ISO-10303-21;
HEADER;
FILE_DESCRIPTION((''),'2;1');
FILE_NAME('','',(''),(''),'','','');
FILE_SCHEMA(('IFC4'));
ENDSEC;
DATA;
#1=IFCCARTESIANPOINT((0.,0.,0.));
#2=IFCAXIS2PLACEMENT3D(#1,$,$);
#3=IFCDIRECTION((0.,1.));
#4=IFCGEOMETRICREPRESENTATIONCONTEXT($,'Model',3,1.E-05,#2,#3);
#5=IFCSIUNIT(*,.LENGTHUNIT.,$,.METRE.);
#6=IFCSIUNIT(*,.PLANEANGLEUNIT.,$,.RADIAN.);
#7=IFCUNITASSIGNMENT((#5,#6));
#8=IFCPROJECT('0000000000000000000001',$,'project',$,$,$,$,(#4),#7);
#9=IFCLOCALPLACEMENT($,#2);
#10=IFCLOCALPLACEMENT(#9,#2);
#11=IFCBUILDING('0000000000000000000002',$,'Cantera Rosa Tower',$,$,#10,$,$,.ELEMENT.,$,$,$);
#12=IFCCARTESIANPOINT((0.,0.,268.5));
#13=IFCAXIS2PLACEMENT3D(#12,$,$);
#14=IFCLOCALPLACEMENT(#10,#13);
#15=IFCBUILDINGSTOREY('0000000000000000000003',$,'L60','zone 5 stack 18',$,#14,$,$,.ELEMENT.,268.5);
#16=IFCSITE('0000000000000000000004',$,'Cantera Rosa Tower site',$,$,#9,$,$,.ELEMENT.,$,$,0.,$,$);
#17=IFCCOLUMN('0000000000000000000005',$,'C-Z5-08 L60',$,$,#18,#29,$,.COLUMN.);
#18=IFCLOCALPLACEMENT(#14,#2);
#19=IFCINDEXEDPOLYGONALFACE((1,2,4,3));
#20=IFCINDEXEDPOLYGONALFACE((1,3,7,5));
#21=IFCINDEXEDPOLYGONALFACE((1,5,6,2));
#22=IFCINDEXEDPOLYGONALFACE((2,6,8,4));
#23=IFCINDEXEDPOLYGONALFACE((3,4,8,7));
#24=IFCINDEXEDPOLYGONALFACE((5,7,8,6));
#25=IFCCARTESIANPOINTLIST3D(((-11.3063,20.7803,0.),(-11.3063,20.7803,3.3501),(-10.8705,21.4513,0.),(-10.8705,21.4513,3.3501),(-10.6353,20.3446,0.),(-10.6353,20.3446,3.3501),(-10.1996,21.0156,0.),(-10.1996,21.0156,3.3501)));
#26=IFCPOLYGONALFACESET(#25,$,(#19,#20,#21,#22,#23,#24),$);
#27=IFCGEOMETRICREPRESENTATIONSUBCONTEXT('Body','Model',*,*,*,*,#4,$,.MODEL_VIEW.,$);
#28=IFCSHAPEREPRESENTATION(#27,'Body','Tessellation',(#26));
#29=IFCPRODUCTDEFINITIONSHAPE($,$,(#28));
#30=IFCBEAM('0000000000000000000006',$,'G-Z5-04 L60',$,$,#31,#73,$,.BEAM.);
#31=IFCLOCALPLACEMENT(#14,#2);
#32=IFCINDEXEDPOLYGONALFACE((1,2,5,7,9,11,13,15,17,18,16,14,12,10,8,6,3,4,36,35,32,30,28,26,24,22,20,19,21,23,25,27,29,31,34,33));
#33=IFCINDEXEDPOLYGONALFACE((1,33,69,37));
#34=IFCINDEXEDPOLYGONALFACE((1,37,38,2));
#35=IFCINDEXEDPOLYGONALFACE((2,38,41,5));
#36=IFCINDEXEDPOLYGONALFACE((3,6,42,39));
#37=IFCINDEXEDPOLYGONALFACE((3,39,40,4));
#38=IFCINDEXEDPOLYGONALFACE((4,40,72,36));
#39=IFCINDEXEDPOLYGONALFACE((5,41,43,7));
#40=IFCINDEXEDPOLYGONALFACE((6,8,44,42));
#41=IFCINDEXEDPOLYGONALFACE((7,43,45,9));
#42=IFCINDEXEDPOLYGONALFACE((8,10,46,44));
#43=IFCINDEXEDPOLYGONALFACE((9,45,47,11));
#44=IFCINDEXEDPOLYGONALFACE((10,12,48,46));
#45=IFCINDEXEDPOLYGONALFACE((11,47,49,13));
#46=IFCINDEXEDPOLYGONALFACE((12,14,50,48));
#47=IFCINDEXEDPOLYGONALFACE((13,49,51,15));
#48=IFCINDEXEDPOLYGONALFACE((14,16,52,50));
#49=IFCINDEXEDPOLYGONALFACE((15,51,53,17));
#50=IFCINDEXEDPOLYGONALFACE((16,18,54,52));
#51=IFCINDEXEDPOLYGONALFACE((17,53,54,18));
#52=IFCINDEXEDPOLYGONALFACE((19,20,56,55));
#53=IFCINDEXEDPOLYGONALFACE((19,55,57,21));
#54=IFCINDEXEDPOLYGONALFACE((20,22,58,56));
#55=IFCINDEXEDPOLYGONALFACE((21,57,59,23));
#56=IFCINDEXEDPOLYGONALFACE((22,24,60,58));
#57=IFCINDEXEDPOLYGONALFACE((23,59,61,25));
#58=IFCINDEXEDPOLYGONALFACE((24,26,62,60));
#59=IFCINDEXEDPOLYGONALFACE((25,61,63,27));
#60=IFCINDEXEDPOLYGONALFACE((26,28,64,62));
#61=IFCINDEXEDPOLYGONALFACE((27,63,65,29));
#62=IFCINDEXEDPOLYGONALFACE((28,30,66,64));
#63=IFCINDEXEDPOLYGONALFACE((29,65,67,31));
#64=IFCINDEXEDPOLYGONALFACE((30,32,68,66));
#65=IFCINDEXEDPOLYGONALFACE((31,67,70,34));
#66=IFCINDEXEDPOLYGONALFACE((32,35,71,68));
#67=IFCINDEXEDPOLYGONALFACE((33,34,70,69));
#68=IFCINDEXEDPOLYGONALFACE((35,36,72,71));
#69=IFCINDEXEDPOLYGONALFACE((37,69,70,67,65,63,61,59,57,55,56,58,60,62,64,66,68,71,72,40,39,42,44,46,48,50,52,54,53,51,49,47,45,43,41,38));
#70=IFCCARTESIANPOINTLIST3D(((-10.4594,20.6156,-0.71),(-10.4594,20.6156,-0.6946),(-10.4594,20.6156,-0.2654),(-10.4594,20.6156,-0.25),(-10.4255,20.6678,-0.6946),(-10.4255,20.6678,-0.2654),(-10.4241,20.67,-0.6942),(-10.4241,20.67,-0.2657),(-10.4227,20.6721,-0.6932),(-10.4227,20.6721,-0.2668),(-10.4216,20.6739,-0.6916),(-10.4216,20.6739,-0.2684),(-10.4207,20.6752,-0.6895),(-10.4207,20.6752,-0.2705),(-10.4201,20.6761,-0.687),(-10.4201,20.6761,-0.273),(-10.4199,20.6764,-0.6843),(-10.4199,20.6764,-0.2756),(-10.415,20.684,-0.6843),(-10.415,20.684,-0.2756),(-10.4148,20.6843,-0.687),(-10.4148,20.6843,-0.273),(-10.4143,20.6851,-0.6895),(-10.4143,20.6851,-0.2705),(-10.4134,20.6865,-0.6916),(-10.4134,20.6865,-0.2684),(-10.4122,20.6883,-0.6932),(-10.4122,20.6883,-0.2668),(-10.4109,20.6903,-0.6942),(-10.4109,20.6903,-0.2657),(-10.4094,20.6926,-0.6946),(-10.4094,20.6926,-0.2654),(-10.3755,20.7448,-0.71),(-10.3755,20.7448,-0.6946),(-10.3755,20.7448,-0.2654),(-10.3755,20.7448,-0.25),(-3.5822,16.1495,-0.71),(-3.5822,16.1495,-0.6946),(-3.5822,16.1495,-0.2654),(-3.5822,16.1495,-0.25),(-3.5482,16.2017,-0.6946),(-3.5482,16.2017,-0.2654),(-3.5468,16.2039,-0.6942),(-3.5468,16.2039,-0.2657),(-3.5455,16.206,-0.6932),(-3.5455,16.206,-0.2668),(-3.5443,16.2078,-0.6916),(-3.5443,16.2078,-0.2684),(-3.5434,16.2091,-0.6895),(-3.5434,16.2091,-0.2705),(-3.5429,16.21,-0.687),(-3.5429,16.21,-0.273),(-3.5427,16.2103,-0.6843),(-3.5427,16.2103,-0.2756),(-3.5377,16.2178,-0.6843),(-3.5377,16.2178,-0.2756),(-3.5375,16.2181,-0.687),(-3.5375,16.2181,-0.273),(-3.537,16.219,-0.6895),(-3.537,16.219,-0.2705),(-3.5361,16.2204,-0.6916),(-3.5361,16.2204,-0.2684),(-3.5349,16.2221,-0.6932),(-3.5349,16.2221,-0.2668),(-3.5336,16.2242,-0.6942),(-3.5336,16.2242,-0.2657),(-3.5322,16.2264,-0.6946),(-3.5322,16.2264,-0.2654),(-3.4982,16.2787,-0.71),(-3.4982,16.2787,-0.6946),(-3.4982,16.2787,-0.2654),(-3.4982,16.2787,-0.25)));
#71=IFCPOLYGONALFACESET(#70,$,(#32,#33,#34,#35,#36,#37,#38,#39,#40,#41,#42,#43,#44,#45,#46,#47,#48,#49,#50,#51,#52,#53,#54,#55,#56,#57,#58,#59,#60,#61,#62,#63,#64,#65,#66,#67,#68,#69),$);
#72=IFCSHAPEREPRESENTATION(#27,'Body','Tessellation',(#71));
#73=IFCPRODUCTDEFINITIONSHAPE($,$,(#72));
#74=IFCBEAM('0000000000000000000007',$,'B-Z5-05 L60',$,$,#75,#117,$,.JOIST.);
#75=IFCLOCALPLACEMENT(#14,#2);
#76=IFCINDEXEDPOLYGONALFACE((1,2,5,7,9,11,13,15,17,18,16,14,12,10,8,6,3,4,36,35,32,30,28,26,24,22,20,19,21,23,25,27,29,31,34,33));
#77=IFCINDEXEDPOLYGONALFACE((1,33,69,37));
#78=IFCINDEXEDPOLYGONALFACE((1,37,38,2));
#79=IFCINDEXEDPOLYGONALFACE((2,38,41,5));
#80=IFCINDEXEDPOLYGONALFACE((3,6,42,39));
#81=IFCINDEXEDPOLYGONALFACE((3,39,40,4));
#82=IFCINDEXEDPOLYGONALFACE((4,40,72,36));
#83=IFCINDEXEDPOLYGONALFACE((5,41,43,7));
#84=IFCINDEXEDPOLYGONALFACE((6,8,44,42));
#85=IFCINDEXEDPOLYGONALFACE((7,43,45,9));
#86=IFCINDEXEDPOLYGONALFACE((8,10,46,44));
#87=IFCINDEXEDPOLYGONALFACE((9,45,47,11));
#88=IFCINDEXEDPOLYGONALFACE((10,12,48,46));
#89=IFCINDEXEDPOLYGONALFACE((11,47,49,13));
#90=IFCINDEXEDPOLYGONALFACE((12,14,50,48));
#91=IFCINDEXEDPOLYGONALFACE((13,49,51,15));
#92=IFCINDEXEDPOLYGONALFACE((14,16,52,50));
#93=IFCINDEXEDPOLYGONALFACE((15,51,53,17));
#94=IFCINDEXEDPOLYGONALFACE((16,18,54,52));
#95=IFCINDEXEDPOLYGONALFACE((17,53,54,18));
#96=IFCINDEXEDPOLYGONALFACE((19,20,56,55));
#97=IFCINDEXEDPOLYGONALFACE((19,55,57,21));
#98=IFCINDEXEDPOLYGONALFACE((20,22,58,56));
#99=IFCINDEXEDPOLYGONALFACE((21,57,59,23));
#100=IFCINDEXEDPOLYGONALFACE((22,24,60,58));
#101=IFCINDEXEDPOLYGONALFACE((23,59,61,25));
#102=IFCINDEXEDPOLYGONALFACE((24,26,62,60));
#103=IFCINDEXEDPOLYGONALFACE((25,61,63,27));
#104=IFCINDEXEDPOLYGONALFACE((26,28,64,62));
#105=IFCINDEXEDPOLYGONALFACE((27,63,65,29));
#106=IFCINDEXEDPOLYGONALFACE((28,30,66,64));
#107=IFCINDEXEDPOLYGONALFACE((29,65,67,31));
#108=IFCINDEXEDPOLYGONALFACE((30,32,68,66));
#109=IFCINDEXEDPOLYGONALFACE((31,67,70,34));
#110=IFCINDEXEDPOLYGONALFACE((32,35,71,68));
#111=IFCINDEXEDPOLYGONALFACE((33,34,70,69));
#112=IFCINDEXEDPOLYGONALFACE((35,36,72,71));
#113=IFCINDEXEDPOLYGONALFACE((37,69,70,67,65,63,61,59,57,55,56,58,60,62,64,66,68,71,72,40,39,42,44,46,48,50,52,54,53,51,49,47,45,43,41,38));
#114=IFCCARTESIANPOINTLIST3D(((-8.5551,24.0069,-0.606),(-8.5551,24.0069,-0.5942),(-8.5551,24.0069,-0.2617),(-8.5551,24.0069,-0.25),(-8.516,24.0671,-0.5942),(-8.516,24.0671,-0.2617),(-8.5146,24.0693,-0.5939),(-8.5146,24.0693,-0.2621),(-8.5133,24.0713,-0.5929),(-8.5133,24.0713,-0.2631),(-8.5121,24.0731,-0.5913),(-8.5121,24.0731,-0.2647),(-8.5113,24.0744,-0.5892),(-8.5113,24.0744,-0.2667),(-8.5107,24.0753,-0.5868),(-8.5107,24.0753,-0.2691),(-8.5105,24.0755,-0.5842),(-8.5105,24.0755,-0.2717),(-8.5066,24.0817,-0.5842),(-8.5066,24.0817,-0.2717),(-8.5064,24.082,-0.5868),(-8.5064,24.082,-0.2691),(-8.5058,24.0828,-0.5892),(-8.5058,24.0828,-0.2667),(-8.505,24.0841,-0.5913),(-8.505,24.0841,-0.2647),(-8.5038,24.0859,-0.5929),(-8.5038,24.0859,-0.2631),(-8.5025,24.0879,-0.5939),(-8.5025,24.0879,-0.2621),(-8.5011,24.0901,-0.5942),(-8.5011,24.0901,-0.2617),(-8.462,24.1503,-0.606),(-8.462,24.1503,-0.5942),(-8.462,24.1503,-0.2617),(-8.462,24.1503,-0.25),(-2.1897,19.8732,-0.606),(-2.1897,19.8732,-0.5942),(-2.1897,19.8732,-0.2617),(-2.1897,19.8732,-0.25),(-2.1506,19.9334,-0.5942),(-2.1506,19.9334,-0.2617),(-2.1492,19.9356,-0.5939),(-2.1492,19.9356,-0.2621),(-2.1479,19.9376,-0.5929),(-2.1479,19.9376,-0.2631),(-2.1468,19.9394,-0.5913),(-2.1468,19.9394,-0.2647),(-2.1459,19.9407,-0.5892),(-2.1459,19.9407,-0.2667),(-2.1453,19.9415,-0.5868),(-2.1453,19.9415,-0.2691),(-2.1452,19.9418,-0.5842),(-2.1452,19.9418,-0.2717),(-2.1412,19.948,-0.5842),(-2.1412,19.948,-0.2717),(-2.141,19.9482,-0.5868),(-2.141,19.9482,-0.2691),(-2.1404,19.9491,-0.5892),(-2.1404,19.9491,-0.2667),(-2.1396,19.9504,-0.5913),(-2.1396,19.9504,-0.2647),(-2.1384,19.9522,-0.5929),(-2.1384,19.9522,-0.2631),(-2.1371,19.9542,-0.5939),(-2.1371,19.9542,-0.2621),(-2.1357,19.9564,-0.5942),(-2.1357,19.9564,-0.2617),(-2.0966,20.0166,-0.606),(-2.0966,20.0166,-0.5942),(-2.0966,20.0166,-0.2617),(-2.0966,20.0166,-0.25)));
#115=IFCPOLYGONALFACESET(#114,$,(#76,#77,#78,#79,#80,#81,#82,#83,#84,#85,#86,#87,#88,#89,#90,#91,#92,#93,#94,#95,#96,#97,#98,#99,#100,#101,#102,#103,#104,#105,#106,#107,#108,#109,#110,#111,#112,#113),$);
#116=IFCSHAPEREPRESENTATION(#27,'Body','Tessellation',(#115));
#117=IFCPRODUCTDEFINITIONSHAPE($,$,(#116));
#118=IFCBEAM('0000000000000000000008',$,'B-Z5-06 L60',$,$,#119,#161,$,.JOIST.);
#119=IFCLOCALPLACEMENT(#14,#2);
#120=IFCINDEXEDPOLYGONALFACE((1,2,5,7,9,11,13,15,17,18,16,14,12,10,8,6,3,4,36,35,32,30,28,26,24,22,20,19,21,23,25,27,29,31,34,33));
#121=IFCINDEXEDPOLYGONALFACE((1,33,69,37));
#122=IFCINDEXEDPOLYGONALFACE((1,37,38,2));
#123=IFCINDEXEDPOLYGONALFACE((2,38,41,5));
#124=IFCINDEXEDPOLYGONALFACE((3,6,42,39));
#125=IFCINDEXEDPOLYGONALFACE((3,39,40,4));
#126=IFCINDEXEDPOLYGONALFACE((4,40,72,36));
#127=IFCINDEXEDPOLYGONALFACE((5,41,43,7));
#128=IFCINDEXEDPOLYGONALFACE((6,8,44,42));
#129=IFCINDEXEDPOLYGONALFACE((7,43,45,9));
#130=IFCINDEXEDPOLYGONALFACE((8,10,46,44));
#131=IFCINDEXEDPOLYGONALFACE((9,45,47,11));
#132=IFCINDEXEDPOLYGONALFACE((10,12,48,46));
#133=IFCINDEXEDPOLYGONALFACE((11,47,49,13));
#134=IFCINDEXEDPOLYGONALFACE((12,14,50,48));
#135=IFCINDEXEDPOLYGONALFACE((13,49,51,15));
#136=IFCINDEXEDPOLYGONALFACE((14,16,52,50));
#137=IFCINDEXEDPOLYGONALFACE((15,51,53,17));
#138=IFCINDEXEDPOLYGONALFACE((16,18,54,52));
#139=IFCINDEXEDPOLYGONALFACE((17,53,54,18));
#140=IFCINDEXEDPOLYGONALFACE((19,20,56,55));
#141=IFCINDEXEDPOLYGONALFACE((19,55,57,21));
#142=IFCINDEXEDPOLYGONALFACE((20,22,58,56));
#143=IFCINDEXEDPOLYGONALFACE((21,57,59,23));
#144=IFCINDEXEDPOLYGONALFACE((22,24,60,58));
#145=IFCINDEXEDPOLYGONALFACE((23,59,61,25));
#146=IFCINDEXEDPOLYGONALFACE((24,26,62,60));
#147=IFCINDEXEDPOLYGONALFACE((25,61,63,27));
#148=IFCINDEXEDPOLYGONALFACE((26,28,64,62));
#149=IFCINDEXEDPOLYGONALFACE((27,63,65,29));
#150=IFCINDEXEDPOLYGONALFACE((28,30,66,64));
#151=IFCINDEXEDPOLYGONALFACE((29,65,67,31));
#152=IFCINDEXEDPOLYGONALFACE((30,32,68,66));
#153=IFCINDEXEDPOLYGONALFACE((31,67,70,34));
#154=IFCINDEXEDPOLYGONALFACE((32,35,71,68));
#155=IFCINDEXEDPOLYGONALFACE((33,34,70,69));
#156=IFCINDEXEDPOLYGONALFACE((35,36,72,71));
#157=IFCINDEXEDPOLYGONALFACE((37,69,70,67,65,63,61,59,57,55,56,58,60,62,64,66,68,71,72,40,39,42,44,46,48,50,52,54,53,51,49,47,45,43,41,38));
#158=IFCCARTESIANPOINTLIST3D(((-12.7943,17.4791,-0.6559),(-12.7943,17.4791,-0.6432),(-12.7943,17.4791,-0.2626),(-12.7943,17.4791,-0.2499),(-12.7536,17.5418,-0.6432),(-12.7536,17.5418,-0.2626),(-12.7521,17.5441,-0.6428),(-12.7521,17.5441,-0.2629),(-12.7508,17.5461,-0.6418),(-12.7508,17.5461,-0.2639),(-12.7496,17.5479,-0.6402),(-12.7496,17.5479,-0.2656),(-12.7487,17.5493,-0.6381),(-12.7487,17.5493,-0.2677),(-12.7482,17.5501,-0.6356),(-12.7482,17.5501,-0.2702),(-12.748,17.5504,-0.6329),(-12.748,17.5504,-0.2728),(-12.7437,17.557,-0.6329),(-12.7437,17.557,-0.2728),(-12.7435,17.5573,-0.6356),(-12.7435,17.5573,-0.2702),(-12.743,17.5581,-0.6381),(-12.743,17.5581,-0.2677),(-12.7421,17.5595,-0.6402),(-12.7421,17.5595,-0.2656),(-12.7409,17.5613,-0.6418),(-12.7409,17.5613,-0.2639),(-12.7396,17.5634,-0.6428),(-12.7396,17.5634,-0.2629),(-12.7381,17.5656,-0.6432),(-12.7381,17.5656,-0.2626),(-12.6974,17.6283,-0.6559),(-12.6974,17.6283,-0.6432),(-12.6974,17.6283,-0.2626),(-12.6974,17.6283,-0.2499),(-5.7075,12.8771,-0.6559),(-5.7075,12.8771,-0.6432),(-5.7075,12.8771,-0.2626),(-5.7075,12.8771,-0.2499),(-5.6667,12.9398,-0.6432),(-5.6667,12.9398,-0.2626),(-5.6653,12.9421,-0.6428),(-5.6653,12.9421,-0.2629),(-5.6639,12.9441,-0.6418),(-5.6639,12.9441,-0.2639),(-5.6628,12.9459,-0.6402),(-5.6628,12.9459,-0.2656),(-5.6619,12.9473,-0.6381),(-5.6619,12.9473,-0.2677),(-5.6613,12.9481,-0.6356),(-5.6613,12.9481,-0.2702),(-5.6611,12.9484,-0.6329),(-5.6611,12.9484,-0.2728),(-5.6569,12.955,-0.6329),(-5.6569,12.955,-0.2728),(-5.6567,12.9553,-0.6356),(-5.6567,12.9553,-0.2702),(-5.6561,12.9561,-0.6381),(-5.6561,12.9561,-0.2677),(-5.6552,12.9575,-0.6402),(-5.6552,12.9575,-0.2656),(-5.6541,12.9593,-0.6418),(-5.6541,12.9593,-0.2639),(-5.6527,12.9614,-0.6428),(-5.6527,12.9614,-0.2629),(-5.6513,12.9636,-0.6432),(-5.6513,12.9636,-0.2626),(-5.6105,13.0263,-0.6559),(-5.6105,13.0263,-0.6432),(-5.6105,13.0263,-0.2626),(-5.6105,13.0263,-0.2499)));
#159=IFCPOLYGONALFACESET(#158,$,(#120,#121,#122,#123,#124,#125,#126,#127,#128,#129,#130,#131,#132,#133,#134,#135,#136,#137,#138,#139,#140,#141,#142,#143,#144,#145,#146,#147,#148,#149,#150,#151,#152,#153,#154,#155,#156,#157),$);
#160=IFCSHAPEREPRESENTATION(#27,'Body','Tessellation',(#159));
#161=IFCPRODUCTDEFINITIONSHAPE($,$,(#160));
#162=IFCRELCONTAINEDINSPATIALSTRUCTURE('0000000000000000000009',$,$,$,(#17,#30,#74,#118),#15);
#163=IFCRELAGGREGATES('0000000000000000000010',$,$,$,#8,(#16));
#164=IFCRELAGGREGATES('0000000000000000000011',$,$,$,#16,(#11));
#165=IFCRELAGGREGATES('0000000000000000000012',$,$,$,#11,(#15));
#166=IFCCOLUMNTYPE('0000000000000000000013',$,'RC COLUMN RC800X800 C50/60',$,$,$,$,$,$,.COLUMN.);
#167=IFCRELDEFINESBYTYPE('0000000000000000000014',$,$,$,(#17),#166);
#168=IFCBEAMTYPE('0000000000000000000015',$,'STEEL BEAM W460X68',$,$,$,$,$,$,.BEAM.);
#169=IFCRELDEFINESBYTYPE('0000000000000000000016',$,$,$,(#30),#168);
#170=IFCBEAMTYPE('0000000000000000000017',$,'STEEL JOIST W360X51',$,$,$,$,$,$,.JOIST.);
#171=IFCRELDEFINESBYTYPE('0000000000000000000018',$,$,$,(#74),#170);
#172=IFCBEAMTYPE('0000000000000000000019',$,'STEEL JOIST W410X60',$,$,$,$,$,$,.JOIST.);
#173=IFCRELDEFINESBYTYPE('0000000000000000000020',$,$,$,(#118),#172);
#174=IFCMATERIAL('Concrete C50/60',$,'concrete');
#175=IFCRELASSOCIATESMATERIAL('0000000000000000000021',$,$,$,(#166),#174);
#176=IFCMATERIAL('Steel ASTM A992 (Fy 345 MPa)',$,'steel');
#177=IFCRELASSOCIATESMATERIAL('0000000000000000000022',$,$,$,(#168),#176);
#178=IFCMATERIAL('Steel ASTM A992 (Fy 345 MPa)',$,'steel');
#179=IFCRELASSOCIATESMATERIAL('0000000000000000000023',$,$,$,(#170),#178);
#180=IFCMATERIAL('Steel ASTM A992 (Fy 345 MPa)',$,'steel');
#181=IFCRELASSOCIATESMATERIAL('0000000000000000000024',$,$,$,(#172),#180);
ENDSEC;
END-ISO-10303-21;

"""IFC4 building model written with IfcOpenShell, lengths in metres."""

from ifc_helpers import new_model, si_unit, direction, frame, origin, origin_2d, place, context, subcontext, project, spatial, rectangle, i_section, extrude, material, material_profile, profile_set, type_object, element, save


model = new_model("IFC4")

# Units and contexts
model_context = context("Model", 3, precision=1e-05, world=origin(), true_north=direction((0.0, 1.0)))
body_context = subcontext(model_context, "Body", "Model", "MODEL_VIEW")
ifc_project = project(units=[si_unit("LENGTHUNIT", "METRE"), si_unit("PLANEANGLEUNIT", "RADIAN")], contexts=[model_context])

# Site, building, storey
site_placement = place(None, origin())
site = spatial("IfcSite", under=ifc_project, at=site_placement, Name="Cantera Rosa Tower site", CompositionType="ELEMENT", RefElevation=0.0)
building_placement = place(site_placement, origin())
building = spatial("IfcBuilding", under=site, at=building_placement, Name="Cantera Rosa Tower", CompositionType="ELEMENT")
storey_placement = place(building_placement, frame((0.0, 0.0, 268.5)))
storey = spatial("IfcBuildingStorey", under=building, at=storey_placement, Name="L60", Description="zone 5 stack 18", CompositionType="ELEMENT", Elevation=268.5)

# Column
ifc_material_1 = material(Name="Concrete C50/60", Category="concrete")
ifc_material_profile_1 = material_profile(ifc_material_1, rectangle(XDim=0.8, YDim=0.8, at=origin_2d()), Name="RC COLUMN RC800X800 C50/60")
ifc_profile_set_1 = profile_set([ifc_material_profile_1], Name="Concrete C50/60")
column_type = type_object("IfcColumnType", Name="RC COLUMN RC800X800 C50/60", PredefinedType="COLUMN", material=ifc_profile_set_1)
column_placement = place(storey_placement, frame((-10.7529, 20.8979, 0.0), z_axis=(0.0, 0.0, 1.0), x_axis=(0.544639, 0.838671, 0.0)))
element("IfcColumn", 1, at=column_placement, inside=storey, type_object=column_type, Name="C-Z5-08 L60", PredefinedType="COLUMN", context=body_context, shape_type="SweptSolid", body=[
    extrude(rectangle(XDim=0.8, YDim=0.8, at=origin_2d()), origin(), (0.0, 0.0, 1.0), 3.3501),
])

# Beams
ifc_material_2 = material(Name="Steel ASTM A992 (Fy 345 MPa)", Category="steel")
ifc_material_profile_2 = material_profile(ifc_material_2, i_section(OverallWidth=0.1541, OverallDepth=0.46, WebThickness=0.009, FlangeThickness=0.0154, FilletRadius=0.0103, at=origin_2d()), Name="W460X68")
ifc_profile_set_2 = profile_set([ifc_material_profile_2], Name="Steel ASTM A992 (Fy 345 MPa)")
beam_type_1 = type_object("IfcBeamType", Name="STEEL BEAM W460X68", PredefinedType="BEAM", material=ifc_profile_set_2)
beam_1_placement = place(storey_placement, frame((-10.4175, 20.6802, -0.48), z_axis=(0.838673, -0.544636, 0.0), x_axis=(0.544636, 0.838673, 0.0)))
element("IfcBeam", 2, at=beam_1_placement, inside=storey, type_object=beam_type_1, Name="G-Z5-04 L60", PredefinedType="BEAM", context=body_context, shape_type="SweptSolid", body=[
    extrude(i_section(OverallWidth=0.1541, OverallDepth=0.46, WebThickness=0.009, FlangeThickness=0.0154, FilletRadius=0.0103, at=origin_2d()), origin(), (0.0, 0.0, 1.0), 8.2002),
])
ifc_material_3 = material(Name="Steel ASTM A992 (Fy 345 MPa)", Category="steel")
ifc_material_profile_3 = material_profile(ifc_material_3, i_section(OverallWidth=0.1709, OverallDepth=0.356, WebThickness=0.0073, FlangeThickness=0.0117, FilletRadius=0.01, at=origin_2d()), Name="W360X51")
ifc_profile_set_3 = profile_set([ifc_material_profile_3], Name="Steel ASTM A992 (Fy 345 MPa)")
beam_type_2 = type_object("IfcBeamType", Name="STEEL JOIST W360X51", PredefinedType="JOIST", material=ifc_profile_set_3)
beam_2_placement = place(storey_placement, frame((-8.5085, 24.0786, -0.428), z_axis=(0.838671, -0.544639, 0.0), x_axis=(0.544639, 0.838671, 0.0)))
element("IfcBeam", 3, at=beam_2_placement, inside=storey, type_object=beam_type_2, Name="B-Z5-05 L60", PredefinedType="JOIST", context=body_context, shape_type="SweptSolid", body=[
    extrude(i_section(OverallWidth=0.1709, OverallDepth=0.356, WebThickness=0.0073, FlangeThickness=0.0117, FilletRadius=0.01, at=origin_2d()), origin(), (0.0, 0.0, 1.0), 7.5898),
])
ifc_material_4 = material(Name="Steel ASTM A992 (Fy 345 MPa)", Category="steel")
ifc_material_profile_4 = material_profile(ifc_material_4, i_section(OverallWidth=0.178, OverallDepth=0.406, WebThickness=0.0078, FlangeThickness=0.0127, FilletRadius=0.0103, at=origin_2d()), Name="W410X60")
ifc_profile_set_4 = profile_set([ifc_material_profile_4], Name="Steel ASTM A992 (Fy 345 MPa)")
beam_type_3 = type_object("IfcBeamType", Name="STEEL JOIST W410X60", PredefinedType="JOIST", material=ifc_profile_set_4)
beam_3_placement = place(storey_placement, frame((-12.7458, 17.5537, -0.4529), z_axis=(0.838684, -0.544619, 0.0), x_axis=(0.544619, 0.838684, 0.0)))
element("IfcBeam", 4, at=beam_3_placement, inside=storey, type_object=beam_type_3, Name="B-Z5-06 L60", PredefinedType="JOIST", context=body_context, shape_type="SweptSolid", body=[
    extrude(i_section(OverallWidth=0.178, OverallDepth=0.406, WebThickness=0.0078, FlangeThickness=0.0127, FilletRadius=0.0103, at=origin_2d()), origin(), (0.0, 0.0, 1.0), 8.45),
])

save(model, "model.ifc")
